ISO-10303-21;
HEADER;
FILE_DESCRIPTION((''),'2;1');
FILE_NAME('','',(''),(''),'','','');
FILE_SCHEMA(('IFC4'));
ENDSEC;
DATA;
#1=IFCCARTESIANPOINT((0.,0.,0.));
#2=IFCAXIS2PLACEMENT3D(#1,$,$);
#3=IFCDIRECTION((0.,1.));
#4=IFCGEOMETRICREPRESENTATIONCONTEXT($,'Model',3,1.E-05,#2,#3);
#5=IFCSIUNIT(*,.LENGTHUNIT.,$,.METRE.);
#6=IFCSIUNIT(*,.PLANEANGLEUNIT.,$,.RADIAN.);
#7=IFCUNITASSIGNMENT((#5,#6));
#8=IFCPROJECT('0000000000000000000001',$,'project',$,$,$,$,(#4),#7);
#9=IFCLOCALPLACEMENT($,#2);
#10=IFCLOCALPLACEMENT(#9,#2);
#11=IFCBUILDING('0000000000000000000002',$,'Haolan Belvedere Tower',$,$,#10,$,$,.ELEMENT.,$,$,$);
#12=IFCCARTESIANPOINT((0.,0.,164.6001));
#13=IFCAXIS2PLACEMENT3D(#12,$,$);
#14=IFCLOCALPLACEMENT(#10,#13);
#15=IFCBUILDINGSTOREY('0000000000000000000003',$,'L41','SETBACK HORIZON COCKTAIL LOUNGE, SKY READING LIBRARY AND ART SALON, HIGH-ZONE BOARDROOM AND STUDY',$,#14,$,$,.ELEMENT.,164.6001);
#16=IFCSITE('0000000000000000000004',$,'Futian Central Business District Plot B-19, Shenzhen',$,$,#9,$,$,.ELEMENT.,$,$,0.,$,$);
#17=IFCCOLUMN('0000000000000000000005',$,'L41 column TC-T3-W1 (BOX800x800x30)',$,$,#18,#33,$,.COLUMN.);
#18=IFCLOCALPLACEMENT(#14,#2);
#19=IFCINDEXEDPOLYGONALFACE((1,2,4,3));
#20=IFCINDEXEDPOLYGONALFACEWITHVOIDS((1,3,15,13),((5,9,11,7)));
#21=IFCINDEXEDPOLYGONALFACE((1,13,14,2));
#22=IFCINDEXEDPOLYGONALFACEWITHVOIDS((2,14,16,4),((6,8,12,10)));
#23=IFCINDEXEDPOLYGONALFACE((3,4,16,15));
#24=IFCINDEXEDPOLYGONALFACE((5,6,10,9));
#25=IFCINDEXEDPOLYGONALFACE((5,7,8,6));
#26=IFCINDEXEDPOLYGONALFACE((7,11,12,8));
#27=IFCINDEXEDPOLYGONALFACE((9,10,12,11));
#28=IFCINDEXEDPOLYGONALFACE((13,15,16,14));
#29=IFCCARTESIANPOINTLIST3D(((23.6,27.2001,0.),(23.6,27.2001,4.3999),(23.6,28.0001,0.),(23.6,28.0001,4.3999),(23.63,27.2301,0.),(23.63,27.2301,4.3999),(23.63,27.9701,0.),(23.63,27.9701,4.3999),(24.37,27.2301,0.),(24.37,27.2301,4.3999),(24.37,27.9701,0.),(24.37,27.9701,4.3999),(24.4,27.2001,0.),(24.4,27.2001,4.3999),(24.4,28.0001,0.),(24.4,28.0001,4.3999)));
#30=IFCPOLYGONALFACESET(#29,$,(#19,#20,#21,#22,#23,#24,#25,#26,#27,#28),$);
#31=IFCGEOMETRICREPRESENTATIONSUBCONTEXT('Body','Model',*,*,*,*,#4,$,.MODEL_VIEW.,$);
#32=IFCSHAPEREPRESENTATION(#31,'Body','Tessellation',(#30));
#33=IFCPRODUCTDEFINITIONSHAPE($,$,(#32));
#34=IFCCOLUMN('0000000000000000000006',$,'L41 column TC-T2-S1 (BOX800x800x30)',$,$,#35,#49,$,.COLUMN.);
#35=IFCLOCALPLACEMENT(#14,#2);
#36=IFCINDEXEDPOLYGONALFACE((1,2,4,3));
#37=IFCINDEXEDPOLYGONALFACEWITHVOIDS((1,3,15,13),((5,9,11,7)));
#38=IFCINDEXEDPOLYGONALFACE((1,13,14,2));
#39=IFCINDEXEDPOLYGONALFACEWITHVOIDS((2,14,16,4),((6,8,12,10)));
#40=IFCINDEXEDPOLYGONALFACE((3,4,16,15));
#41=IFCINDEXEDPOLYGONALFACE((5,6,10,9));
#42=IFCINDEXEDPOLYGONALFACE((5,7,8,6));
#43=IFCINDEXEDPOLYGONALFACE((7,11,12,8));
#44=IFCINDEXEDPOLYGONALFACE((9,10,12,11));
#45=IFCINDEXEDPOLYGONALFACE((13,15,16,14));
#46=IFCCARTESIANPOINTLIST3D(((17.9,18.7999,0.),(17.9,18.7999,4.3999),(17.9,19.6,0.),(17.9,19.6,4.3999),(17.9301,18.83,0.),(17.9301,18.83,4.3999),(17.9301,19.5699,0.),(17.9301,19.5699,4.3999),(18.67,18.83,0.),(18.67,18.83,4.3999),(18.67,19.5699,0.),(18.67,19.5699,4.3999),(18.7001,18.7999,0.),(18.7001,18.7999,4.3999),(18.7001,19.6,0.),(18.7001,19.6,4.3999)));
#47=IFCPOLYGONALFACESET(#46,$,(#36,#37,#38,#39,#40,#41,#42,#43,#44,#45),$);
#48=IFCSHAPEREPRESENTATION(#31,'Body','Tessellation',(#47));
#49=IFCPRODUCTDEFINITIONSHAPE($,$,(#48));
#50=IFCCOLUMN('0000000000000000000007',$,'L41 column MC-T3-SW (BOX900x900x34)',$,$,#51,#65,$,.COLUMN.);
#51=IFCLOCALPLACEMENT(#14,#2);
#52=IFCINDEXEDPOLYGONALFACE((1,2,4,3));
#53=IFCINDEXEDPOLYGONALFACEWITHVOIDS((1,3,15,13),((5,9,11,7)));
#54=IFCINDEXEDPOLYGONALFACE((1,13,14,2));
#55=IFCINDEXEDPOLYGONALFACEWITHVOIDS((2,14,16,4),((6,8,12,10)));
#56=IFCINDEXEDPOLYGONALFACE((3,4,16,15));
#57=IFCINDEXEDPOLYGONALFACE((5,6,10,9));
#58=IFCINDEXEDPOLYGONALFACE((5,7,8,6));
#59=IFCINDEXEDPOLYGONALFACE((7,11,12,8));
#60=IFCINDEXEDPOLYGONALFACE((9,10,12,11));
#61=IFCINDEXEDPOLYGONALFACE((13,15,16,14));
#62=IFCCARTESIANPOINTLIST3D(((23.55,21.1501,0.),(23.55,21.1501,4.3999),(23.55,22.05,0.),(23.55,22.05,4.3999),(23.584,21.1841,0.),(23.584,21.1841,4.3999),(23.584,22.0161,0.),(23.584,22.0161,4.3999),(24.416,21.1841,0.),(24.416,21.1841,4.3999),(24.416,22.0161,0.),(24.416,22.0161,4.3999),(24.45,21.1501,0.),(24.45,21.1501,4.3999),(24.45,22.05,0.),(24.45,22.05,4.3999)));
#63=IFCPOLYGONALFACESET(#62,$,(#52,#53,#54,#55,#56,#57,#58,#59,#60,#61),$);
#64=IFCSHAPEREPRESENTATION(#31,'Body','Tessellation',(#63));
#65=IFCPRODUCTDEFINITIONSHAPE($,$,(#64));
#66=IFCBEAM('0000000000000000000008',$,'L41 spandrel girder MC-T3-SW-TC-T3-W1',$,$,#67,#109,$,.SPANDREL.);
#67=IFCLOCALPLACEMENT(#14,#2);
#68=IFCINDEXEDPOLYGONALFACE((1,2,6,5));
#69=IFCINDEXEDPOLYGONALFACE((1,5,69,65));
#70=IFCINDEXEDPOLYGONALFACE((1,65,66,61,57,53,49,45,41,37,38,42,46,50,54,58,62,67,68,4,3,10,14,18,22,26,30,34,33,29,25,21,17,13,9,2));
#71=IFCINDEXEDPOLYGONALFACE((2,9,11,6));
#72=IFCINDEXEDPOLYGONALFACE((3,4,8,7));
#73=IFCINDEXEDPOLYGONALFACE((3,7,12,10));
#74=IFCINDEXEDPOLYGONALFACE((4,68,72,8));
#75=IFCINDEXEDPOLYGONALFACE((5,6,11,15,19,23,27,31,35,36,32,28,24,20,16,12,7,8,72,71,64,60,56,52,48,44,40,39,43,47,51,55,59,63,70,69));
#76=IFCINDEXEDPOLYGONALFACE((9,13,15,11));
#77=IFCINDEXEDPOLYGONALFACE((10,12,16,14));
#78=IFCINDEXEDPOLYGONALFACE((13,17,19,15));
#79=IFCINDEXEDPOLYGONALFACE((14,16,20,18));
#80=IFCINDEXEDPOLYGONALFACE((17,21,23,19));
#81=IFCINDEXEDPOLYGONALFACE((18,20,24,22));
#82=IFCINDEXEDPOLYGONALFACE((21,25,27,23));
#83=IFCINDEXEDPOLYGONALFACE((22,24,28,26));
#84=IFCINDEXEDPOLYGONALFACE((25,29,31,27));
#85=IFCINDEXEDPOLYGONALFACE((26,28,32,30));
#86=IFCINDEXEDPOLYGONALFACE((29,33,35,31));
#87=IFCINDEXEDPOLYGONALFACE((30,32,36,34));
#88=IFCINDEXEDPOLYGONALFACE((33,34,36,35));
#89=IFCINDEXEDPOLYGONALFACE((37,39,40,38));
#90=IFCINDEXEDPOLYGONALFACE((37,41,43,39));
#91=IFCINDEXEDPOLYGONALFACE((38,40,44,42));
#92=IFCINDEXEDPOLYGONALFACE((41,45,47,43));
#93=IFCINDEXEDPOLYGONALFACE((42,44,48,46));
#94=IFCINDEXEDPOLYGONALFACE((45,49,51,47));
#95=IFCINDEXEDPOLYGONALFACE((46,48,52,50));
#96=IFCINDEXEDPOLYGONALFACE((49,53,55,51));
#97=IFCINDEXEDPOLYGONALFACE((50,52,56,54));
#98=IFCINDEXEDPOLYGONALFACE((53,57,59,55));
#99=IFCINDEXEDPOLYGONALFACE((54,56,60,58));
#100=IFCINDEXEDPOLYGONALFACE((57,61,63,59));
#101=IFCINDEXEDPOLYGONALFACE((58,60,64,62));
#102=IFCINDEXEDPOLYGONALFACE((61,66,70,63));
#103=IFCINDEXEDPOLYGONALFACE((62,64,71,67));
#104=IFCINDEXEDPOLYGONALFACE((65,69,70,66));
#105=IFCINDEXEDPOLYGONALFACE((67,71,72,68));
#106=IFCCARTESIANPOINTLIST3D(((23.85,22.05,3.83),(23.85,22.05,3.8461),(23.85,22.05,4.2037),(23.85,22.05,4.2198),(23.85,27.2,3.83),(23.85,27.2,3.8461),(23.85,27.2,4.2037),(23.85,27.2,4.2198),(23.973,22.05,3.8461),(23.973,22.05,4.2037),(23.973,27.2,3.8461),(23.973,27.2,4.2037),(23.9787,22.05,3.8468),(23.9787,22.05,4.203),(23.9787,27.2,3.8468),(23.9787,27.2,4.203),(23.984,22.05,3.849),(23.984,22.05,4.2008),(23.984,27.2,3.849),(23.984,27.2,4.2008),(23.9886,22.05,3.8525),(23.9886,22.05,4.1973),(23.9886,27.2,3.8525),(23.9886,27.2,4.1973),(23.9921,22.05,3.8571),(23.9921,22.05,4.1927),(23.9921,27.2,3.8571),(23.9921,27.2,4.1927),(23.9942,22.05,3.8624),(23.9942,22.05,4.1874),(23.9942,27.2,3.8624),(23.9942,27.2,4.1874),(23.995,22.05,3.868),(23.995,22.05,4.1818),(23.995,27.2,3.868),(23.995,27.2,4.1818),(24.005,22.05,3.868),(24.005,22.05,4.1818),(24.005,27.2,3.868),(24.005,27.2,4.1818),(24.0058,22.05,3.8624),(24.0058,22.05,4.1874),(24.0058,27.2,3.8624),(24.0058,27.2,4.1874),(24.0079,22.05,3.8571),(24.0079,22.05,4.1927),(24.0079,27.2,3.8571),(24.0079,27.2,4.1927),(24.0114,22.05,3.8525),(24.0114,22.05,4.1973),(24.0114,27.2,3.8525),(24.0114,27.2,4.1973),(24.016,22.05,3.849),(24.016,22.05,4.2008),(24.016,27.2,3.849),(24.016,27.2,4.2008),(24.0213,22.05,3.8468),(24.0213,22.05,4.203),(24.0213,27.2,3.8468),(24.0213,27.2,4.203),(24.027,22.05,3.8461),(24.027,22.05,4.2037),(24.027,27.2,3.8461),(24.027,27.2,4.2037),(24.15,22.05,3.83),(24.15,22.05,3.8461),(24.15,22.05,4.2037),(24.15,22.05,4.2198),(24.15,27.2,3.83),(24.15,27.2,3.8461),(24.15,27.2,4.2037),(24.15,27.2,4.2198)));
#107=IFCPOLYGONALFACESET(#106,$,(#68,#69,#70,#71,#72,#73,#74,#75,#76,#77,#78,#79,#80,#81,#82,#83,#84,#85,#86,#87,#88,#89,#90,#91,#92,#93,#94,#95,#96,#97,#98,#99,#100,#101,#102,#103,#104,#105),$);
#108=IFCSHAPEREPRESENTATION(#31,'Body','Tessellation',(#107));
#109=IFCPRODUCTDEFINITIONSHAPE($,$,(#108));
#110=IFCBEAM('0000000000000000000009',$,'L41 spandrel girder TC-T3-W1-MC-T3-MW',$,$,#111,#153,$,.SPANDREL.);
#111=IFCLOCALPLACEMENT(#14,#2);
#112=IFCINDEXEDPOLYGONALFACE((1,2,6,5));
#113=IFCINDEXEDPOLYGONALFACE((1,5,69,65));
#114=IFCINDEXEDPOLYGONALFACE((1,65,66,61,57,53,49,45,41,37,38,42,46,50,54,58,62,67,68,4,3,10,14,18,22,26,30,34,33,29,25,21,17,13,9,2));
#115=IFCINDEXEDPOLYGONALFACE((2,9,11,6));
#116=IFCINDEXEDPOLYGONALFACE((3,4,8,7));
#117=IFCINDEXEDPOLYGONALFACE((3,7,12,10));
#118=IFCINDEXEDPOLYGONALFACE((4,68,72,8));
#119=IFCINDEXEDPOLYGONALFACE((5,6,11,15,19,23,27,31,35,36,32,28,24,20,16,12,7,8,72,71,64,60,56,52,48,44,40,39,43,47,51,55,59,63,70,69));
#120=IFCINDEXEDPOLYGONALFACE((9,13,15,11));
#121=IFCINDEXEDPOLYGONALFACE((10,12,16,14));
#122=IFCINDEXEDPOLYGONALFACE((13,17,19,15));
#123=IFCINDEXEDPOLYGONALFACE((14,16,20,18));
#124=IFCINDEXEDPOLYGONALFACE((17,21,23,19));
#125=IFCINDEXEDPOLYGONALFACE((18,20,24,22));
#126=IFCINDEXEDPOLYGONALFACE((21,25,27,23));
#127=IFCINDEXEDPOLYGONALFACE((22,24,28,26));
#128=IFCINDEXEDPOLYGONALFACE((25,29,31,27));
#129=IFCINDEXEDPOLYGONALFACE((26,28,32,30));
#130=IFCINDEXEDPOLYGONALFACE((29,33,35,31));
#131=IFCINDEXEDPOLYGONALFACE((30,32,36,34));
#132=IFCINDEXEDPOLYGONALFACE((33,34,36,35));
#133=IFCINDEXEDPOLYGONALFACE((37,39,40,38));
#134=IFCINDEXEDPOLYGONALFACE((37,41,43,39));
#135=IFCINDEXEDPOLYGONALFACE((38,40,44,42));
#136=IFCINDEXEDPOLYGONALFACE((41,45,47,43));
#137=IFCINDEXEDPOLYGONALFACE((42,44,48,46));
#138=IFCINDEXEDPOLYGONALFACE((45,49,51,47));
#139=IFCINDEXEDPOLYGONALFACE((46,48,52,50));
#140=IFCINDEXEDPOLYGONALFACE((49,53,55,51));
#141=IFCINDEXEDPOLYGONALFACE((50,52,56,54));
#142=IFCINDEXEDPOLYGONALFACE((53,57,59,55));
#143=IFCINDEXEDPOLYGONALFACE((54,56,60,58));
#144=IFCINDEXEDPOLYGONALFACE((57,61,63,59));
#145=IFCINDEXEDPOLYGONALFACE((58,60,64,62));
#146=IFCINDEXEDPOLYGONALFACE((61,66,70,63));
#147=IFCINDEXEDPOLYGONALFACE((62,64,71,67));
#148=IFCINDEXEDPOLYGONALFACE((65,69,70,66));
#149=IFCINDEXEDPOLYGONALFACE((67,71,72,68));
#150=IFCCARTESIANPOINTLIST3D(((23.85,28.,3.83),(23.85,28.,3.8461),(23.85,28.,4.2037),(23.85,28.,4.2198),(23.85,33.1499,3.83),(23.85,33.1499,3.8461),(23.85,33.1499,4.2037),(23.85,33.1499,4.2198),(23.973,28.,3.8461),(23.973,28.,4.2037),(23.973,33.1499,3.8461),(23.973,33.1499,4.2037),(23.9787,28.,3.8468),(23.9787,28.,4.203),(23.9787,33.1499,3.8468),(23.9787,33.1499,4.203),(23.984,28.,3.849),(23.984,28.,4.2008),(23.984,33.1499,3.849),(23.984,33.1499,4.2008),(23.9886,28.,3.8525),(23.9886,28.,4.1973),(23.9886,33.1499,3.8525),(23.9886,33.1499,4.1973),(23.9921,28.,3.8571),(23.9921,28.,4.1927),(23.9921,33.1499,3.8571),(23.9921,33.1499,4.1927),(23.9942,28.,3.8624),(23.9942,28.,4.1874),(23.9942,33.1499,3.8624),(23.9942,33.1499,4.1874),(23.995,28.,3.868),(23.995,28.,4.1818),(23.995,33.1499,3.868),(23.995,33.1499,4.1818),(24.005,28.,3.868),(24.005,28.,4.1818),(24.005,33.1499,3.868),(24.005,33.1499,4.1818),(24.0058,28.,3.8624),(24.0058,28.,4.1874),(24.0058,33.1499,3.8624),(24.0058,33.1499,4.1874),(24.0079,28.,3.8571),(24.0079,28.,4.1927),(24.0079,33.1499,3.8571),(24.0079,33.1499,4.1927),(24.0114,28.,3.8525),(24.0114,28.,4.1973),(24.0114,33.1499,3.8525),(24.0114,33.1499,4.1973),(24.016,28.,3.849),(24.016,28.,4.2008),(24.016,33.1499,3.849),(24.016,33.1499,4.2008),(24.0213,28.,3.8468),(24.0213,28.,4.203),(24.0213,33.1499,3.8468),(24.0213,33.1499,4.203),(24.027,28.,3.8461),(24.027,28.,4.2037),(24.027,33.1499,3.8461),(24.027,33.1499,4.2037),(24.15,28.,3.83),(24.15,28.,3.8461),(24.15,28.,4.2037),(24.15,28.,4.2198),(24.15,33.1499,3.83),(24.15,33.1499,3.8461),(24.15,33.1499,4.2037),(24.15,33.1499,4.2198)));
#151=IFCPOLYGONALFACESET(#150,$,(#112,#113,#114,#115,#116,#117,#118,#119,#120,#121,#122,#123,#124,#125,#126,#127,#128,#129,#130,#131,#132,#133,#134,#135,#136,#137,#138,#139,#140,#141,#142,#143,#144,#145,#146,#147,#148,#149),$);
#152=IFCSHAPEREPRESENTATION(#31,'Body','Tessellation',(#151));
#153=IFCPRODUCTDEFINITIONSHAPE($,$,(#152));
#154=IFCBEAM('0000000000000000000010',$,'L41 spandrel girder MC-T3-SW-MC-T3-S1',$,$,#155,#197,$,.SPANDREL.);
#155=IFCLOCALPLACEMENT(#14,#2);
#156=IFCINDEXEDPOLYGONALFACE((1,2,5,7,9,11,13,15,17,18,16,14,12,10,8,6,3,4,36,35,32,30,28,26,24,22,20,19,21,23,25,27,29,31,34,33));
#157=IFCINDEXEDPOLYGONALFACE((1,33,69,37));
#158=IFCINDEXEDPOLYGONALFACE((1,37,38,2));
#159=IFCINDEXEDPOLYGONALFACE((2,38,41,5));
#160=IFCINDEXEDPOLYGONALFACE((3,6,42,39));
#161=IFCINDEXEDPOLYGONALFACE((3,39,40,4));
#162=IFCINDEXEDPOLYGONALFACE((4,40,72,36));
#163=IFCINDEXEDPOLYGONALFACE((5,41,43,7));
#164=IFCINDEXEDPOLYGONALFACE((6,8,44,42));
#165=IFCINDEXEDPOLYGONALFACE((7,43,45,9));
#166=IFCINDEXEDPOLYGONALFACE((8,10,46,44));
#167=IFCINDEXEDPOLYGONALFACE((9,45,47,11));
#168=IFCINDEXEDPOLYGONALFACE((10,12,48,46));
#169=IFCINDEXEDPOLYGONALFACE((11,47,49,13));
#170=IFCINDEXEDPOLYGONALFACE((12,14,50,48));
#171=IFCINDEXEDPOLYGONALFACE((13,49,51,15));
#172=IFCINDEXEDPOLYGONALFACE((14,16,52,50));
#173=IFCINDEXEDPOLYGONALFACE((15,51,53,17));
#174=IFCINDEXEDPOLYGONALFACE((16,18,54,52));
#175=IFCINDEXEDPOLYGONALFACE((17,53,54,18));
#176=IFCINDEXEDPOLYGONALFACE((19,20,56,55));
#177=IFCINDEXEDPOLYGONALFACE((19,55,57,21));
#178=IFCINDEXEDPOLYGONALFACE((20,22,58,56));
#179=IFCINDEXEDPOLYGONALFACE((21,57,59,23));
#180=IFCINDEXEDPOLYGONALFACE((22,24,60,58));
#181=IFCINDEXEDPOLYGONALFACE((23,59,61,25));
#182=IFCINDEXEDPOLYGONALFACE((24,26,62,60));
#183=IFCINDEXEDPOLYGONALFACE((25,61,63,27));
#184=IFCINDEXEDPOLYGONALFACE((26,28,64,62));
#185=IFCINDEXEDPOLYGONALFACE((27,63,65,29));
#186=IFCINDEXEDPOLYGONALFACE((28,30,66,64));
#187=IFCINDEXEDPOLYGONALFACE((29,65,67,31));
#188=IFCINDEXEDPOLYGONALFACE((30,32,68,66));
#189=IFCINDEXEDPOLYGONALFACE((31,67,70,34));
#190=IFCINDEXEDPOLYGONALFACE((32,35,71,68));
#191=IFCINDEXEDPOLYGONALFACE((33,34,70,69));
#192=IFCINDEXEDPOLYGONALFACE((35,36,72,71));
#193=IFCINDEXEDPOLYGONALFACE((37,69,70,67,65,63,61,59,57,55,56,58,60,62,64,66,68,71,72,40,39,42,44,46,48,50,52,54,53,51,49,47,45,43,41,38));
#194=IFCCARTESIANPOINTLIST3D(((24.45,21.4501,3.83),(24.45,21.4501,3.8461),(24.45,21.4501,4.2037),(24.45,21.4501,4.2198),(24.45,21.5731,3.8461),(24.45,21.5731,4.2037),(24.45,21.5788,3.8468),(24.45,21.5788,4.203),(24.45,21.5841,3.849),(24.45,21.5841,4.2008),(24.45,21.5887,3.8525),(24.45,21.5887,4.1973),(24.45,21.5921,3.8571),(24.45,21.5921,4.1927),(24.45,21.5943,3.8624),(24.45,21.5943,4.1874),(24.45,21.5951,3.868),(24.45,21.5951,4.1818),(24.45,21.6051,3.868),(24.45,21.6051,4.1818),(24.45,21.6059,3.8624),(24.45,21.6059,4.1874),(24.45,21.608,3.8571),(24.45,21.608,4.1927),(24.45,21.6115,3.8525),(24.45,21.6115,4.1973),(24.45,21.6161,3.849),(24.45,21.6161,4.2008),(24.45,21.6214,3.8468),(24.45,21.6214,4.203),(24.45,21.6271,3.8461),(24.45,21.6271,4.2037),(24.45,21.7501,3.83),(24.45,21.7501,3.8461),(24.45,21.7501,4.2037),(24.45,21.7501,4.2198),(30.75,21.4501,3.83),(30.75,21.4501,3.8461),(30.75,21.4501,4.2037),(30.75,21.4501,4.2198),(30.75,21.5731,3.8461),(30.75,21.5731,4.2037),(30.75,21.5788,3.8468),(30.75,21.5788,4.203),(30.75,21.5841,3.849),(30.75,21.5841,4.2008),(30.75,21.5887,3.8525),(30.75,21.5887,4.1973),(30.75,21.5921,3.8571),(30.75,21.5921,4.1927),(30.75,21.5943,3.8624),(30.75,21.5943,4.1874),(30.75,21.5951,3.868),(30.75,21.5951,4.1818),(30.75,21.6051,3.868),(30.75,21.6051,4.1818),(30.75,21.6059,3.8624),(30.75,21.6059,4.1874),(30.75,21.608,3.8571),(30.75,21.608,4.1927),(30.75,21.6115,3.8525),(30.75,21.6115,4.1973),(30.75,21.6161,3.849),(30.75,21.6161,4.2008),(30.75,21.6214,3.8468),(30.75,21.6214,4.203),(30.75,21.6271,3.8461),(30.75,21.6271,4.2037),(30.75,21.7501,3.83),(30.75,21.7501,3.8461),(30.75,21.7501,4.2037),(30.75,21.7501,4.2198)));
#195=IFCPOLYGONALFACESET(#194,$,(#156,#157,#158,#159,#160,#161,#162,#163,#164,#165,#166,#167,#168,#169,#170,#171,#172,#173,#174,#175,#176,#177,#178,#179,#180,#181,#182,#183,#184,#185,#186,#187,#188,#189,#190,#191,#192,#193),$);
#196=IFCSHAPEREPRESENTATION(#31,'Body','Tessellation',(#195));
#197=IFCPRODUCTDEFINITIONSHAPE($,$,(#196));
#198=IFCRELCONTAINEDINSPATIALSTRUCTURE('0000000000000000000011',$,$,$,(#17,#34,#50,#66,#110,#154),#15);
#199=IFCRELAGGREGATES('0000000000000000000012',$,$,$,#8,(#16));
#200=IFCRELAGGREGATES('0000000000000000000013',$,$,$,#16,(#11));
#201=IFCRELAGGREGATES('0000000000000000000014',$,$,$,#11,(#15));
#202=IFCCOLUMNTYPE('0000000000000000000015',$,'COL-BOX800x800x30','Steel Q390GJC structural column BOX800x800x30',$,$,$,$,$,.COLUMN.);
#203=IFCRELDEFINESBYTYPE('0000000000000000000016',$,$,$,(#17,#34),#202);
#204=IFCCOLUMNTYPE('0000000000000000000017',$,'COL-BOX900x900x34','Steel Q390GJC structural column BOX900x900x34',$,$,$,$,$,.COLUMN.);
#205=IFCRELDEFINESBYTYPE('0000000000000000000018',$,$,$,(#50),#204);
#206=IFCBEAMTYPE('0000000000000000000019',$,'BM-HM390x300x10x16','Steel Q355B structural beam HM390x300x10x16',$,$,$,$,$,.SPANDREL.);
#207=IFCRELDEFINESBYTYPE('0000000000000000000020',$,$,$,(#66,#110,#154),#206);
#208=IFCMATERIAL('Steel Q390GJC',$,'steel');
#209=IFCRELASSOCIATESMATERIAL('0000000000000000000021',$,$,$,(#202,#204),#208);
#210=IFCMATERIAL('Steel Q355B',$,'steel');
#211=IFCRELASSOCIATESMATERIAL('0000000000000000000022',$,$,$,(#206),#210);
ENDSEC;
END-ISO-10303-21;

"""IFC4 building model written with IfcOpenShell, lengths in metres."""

from ifc_helpers import new_model, si_unit, direction, frame, origin, origin_2d, place, context, subcontext, project, spatial, hollow_rectangle, i_section, extrude, material, material_profile, profile_set, type_object, element, save


model = new_model("IFC4")

# Units and contexts
model_context = context("Model", 3, precision=1e-05, world=origin(), true_north=direction((0.0, 1.0)))
body_context = subcontext(model_context, "Body", "Model", "MODEL_VIEW")
ifc_project = project(units=[si_unit("LENGTHUNIT", "METRE"), si_unit("PLANEANGLEUNIT", "RADIAN")], contexts=[model_context])

# Site, building, storey
site_placement = place(None, origin())
site = spatial("IfcSite", under=ifc_project, at=site_placement, Name="Futian Central Business District Plot B-19, Shenzhen", CompositionType="ELEMENT", RefElevation=0.0)
building_placement = place(site_placement, origin())
building = spatial("IfcBuilding", under=site, at=building_placement, Name="Haolan Belvedere Tower", CompositionType="ELEMENT")
storey_placement = place(building_placement, frame((0.0, 0.0, 164.6001)))
storey = spatial("IfcBuildingStorey", under=building, at=storey_placement, Name="L41", Description="SETBACK HORIZON COCKTAIL LOUNGE, SKY READING LIBRARY AND ART SALON, HIGH-ZONE BOARDROOM AND STUDY", CompositionType="ELEMENT", Elevation=164.6001)

# Columns
ifc_material_1 = material(Name="Steel Q390GJC", Category="steel")
ifc_material_profile_1 = material_profile(ifc_material_1, hollow_rectangle(XDim=0.8, YDim=0.8, WallThickness=0.03, at=origin_2d()), Name="Steel Q390GJC")
ifc_profile_set_1 = profile_set([ifc_material_profile_1], Name="Steel Q390GJC")
column_type_1 = type_object("IfcColumnType", Name="COL-BOX800x800x30", Description="Steel Q390GJC structural column BOX800x800x30", PredefinedType="COLUMN", material=ifc_profile_set_1)
for number, where, z_axis, x_axis, name in (
    (1, (24.0, 27.6001, 0.0), (0.0, 0.0, 1.0), (1.0, 0.0, 0.0), "L41 column TC-T3-W1 (BOX800x800x30)"),
    (2, (18.3, 19.2, 0.0), (0.0, 0.0, 1.0), (1.0, 0.0, 0.0), "L41 column TC-T2-S1 (BOX800x800x30)"),
):
    element("IfcColumn", number, at=place(storey_placement, frame(where, z_axis=z_axis, x_axis=x_axis)), inside=storey, type_object=column_type_1, Name=name, PredefinedType="COLUMN", context=body_context, shape_type="SweptSolid", body=[
        extrude(hollow_rectangle(XDim=0.8, YDim=0.8, WallThickness=0.03, at=origin_2d()), origin(), (0.0, 0.0, 1.0), 4.3999),
    ])
ifc_material_profile_2 = material_profile(ifc_material_1, hollow_rectangle(XDim=0.8999, YDim=0.8999, WallThickness=0.0339, at=origin_2d()), Name="Steel Q390GJC")
ifc_profile_set_2 = profile_set([ifc_material_profile_2], Name="Steel Q390GJC")
column_type_2 = type_object("IfcColumnType", Name="COL-BOX900x900x34", Description="Steel Q390GJC structural column BOX900x900x34", PredefinedType="COLUMN", material=ifc_profile_set_2)
column_placement = place(storey_placement, frame((24.0, 21.6001, 0.0), z_axis=(0.0, 0.0, 1.0), x_axis=(1.0, 0.0, 0.0)))
element("IfcColumn", 3, at=column_placement, inside=storey, type_object=column_type_2, Name="L41 column MC-T3-SW (BOX900x900x34)", PredefinedType="COLUMN", context=body_context, shape_type="SweptSolid", body=[
    extrude(hollow_rectangle(XDim=0.8999, YDim=0.8999, WallThickness=0.0339, at=origin_2d()), origin(), (0.0, 0.0, 1.0), 4.3999),
])

# Beams
ifc_material_2 = material(Name="Steel Q355B", Category="steel")
ifc_material_profile_3 = material_profile(ifc_material_2, i_section(OverallWidth=0.3, OverallDepth=0.3899, WebThickness=0.01, FlangeThickness=0.0161, FilletRadius=0.022, at=origin_2d()), Name="Steel Q355B")
ifc_profile_set_3 = profile_set([ifc_material_profile_3], Name="Steel Q355B")
beam_type_1 = type_object("IfcBeamType", Name="BM-HM390x300x10x16", Description="Steel Q355B structural beam HM390x300x10x16", PredefinedType="SPANDREL", material=ifc_profile_set_3)
for number, where, z_axis, x_axis, name in (
    (4, (24.0, 22.05, 4.0249), (0.0, 1.0, 0.0), (-1.0, 0.0, 0.0), "L41 spandrel girder MC-T3-SW-TC-T3-W1"),
    (5, (24.0, 28.0, 4.0249), (0.0, 1.0, 0.0), (-1.0, 0.0, 0.0), "L41 spandrel girder TC-T3-W1-MC-T3-MW"),
):
    element("IfcBeam", number, at=place(storey_placement, frame(where, z_axis=z_axis, x_axis=x_axis)), inside=storey, type_object=beam_type_1, Name=name, PredefinedType="SPANDREL", context=body_context, shape_type="SweptSolid", body=[
        extrude(i_section(OverallWidth=0.3, OverallDepth=0.3899, WebThickness=0.01, FlangeThickness=0.0161, FilletRadius=0.022, at=origin_2d()), origin(), (0.0, 0.0, 1.0), 5.1499),
    ])
beam_1_placement = place(storey_placement, frame((24.45, 21.6001, 4.0249), z_axis=(1.0, 0.0, 0.0), x_axis=(0.0, 1.0, 0.0)))
element("IfcBeam", 6, at=beam_1_placement, inside=storey, type_object=beam_type_1, Name="L41 spandrel girder MC-T3-SW-MC-T3-S1", PredefinedType="SPANDREL", context=body_context, shape_type="SweptSolid", body=[
    extrude(i_section(OverallWidth=0.3, OverallDepth=0.3899, WebThickness=0.01, FlangeThickness=0.0161, FilletRadius=0.022, at=origin_2d()), origin(), (0.0, 0.0, 1.0), 6.3),
])

save(model, "model.ifc")
